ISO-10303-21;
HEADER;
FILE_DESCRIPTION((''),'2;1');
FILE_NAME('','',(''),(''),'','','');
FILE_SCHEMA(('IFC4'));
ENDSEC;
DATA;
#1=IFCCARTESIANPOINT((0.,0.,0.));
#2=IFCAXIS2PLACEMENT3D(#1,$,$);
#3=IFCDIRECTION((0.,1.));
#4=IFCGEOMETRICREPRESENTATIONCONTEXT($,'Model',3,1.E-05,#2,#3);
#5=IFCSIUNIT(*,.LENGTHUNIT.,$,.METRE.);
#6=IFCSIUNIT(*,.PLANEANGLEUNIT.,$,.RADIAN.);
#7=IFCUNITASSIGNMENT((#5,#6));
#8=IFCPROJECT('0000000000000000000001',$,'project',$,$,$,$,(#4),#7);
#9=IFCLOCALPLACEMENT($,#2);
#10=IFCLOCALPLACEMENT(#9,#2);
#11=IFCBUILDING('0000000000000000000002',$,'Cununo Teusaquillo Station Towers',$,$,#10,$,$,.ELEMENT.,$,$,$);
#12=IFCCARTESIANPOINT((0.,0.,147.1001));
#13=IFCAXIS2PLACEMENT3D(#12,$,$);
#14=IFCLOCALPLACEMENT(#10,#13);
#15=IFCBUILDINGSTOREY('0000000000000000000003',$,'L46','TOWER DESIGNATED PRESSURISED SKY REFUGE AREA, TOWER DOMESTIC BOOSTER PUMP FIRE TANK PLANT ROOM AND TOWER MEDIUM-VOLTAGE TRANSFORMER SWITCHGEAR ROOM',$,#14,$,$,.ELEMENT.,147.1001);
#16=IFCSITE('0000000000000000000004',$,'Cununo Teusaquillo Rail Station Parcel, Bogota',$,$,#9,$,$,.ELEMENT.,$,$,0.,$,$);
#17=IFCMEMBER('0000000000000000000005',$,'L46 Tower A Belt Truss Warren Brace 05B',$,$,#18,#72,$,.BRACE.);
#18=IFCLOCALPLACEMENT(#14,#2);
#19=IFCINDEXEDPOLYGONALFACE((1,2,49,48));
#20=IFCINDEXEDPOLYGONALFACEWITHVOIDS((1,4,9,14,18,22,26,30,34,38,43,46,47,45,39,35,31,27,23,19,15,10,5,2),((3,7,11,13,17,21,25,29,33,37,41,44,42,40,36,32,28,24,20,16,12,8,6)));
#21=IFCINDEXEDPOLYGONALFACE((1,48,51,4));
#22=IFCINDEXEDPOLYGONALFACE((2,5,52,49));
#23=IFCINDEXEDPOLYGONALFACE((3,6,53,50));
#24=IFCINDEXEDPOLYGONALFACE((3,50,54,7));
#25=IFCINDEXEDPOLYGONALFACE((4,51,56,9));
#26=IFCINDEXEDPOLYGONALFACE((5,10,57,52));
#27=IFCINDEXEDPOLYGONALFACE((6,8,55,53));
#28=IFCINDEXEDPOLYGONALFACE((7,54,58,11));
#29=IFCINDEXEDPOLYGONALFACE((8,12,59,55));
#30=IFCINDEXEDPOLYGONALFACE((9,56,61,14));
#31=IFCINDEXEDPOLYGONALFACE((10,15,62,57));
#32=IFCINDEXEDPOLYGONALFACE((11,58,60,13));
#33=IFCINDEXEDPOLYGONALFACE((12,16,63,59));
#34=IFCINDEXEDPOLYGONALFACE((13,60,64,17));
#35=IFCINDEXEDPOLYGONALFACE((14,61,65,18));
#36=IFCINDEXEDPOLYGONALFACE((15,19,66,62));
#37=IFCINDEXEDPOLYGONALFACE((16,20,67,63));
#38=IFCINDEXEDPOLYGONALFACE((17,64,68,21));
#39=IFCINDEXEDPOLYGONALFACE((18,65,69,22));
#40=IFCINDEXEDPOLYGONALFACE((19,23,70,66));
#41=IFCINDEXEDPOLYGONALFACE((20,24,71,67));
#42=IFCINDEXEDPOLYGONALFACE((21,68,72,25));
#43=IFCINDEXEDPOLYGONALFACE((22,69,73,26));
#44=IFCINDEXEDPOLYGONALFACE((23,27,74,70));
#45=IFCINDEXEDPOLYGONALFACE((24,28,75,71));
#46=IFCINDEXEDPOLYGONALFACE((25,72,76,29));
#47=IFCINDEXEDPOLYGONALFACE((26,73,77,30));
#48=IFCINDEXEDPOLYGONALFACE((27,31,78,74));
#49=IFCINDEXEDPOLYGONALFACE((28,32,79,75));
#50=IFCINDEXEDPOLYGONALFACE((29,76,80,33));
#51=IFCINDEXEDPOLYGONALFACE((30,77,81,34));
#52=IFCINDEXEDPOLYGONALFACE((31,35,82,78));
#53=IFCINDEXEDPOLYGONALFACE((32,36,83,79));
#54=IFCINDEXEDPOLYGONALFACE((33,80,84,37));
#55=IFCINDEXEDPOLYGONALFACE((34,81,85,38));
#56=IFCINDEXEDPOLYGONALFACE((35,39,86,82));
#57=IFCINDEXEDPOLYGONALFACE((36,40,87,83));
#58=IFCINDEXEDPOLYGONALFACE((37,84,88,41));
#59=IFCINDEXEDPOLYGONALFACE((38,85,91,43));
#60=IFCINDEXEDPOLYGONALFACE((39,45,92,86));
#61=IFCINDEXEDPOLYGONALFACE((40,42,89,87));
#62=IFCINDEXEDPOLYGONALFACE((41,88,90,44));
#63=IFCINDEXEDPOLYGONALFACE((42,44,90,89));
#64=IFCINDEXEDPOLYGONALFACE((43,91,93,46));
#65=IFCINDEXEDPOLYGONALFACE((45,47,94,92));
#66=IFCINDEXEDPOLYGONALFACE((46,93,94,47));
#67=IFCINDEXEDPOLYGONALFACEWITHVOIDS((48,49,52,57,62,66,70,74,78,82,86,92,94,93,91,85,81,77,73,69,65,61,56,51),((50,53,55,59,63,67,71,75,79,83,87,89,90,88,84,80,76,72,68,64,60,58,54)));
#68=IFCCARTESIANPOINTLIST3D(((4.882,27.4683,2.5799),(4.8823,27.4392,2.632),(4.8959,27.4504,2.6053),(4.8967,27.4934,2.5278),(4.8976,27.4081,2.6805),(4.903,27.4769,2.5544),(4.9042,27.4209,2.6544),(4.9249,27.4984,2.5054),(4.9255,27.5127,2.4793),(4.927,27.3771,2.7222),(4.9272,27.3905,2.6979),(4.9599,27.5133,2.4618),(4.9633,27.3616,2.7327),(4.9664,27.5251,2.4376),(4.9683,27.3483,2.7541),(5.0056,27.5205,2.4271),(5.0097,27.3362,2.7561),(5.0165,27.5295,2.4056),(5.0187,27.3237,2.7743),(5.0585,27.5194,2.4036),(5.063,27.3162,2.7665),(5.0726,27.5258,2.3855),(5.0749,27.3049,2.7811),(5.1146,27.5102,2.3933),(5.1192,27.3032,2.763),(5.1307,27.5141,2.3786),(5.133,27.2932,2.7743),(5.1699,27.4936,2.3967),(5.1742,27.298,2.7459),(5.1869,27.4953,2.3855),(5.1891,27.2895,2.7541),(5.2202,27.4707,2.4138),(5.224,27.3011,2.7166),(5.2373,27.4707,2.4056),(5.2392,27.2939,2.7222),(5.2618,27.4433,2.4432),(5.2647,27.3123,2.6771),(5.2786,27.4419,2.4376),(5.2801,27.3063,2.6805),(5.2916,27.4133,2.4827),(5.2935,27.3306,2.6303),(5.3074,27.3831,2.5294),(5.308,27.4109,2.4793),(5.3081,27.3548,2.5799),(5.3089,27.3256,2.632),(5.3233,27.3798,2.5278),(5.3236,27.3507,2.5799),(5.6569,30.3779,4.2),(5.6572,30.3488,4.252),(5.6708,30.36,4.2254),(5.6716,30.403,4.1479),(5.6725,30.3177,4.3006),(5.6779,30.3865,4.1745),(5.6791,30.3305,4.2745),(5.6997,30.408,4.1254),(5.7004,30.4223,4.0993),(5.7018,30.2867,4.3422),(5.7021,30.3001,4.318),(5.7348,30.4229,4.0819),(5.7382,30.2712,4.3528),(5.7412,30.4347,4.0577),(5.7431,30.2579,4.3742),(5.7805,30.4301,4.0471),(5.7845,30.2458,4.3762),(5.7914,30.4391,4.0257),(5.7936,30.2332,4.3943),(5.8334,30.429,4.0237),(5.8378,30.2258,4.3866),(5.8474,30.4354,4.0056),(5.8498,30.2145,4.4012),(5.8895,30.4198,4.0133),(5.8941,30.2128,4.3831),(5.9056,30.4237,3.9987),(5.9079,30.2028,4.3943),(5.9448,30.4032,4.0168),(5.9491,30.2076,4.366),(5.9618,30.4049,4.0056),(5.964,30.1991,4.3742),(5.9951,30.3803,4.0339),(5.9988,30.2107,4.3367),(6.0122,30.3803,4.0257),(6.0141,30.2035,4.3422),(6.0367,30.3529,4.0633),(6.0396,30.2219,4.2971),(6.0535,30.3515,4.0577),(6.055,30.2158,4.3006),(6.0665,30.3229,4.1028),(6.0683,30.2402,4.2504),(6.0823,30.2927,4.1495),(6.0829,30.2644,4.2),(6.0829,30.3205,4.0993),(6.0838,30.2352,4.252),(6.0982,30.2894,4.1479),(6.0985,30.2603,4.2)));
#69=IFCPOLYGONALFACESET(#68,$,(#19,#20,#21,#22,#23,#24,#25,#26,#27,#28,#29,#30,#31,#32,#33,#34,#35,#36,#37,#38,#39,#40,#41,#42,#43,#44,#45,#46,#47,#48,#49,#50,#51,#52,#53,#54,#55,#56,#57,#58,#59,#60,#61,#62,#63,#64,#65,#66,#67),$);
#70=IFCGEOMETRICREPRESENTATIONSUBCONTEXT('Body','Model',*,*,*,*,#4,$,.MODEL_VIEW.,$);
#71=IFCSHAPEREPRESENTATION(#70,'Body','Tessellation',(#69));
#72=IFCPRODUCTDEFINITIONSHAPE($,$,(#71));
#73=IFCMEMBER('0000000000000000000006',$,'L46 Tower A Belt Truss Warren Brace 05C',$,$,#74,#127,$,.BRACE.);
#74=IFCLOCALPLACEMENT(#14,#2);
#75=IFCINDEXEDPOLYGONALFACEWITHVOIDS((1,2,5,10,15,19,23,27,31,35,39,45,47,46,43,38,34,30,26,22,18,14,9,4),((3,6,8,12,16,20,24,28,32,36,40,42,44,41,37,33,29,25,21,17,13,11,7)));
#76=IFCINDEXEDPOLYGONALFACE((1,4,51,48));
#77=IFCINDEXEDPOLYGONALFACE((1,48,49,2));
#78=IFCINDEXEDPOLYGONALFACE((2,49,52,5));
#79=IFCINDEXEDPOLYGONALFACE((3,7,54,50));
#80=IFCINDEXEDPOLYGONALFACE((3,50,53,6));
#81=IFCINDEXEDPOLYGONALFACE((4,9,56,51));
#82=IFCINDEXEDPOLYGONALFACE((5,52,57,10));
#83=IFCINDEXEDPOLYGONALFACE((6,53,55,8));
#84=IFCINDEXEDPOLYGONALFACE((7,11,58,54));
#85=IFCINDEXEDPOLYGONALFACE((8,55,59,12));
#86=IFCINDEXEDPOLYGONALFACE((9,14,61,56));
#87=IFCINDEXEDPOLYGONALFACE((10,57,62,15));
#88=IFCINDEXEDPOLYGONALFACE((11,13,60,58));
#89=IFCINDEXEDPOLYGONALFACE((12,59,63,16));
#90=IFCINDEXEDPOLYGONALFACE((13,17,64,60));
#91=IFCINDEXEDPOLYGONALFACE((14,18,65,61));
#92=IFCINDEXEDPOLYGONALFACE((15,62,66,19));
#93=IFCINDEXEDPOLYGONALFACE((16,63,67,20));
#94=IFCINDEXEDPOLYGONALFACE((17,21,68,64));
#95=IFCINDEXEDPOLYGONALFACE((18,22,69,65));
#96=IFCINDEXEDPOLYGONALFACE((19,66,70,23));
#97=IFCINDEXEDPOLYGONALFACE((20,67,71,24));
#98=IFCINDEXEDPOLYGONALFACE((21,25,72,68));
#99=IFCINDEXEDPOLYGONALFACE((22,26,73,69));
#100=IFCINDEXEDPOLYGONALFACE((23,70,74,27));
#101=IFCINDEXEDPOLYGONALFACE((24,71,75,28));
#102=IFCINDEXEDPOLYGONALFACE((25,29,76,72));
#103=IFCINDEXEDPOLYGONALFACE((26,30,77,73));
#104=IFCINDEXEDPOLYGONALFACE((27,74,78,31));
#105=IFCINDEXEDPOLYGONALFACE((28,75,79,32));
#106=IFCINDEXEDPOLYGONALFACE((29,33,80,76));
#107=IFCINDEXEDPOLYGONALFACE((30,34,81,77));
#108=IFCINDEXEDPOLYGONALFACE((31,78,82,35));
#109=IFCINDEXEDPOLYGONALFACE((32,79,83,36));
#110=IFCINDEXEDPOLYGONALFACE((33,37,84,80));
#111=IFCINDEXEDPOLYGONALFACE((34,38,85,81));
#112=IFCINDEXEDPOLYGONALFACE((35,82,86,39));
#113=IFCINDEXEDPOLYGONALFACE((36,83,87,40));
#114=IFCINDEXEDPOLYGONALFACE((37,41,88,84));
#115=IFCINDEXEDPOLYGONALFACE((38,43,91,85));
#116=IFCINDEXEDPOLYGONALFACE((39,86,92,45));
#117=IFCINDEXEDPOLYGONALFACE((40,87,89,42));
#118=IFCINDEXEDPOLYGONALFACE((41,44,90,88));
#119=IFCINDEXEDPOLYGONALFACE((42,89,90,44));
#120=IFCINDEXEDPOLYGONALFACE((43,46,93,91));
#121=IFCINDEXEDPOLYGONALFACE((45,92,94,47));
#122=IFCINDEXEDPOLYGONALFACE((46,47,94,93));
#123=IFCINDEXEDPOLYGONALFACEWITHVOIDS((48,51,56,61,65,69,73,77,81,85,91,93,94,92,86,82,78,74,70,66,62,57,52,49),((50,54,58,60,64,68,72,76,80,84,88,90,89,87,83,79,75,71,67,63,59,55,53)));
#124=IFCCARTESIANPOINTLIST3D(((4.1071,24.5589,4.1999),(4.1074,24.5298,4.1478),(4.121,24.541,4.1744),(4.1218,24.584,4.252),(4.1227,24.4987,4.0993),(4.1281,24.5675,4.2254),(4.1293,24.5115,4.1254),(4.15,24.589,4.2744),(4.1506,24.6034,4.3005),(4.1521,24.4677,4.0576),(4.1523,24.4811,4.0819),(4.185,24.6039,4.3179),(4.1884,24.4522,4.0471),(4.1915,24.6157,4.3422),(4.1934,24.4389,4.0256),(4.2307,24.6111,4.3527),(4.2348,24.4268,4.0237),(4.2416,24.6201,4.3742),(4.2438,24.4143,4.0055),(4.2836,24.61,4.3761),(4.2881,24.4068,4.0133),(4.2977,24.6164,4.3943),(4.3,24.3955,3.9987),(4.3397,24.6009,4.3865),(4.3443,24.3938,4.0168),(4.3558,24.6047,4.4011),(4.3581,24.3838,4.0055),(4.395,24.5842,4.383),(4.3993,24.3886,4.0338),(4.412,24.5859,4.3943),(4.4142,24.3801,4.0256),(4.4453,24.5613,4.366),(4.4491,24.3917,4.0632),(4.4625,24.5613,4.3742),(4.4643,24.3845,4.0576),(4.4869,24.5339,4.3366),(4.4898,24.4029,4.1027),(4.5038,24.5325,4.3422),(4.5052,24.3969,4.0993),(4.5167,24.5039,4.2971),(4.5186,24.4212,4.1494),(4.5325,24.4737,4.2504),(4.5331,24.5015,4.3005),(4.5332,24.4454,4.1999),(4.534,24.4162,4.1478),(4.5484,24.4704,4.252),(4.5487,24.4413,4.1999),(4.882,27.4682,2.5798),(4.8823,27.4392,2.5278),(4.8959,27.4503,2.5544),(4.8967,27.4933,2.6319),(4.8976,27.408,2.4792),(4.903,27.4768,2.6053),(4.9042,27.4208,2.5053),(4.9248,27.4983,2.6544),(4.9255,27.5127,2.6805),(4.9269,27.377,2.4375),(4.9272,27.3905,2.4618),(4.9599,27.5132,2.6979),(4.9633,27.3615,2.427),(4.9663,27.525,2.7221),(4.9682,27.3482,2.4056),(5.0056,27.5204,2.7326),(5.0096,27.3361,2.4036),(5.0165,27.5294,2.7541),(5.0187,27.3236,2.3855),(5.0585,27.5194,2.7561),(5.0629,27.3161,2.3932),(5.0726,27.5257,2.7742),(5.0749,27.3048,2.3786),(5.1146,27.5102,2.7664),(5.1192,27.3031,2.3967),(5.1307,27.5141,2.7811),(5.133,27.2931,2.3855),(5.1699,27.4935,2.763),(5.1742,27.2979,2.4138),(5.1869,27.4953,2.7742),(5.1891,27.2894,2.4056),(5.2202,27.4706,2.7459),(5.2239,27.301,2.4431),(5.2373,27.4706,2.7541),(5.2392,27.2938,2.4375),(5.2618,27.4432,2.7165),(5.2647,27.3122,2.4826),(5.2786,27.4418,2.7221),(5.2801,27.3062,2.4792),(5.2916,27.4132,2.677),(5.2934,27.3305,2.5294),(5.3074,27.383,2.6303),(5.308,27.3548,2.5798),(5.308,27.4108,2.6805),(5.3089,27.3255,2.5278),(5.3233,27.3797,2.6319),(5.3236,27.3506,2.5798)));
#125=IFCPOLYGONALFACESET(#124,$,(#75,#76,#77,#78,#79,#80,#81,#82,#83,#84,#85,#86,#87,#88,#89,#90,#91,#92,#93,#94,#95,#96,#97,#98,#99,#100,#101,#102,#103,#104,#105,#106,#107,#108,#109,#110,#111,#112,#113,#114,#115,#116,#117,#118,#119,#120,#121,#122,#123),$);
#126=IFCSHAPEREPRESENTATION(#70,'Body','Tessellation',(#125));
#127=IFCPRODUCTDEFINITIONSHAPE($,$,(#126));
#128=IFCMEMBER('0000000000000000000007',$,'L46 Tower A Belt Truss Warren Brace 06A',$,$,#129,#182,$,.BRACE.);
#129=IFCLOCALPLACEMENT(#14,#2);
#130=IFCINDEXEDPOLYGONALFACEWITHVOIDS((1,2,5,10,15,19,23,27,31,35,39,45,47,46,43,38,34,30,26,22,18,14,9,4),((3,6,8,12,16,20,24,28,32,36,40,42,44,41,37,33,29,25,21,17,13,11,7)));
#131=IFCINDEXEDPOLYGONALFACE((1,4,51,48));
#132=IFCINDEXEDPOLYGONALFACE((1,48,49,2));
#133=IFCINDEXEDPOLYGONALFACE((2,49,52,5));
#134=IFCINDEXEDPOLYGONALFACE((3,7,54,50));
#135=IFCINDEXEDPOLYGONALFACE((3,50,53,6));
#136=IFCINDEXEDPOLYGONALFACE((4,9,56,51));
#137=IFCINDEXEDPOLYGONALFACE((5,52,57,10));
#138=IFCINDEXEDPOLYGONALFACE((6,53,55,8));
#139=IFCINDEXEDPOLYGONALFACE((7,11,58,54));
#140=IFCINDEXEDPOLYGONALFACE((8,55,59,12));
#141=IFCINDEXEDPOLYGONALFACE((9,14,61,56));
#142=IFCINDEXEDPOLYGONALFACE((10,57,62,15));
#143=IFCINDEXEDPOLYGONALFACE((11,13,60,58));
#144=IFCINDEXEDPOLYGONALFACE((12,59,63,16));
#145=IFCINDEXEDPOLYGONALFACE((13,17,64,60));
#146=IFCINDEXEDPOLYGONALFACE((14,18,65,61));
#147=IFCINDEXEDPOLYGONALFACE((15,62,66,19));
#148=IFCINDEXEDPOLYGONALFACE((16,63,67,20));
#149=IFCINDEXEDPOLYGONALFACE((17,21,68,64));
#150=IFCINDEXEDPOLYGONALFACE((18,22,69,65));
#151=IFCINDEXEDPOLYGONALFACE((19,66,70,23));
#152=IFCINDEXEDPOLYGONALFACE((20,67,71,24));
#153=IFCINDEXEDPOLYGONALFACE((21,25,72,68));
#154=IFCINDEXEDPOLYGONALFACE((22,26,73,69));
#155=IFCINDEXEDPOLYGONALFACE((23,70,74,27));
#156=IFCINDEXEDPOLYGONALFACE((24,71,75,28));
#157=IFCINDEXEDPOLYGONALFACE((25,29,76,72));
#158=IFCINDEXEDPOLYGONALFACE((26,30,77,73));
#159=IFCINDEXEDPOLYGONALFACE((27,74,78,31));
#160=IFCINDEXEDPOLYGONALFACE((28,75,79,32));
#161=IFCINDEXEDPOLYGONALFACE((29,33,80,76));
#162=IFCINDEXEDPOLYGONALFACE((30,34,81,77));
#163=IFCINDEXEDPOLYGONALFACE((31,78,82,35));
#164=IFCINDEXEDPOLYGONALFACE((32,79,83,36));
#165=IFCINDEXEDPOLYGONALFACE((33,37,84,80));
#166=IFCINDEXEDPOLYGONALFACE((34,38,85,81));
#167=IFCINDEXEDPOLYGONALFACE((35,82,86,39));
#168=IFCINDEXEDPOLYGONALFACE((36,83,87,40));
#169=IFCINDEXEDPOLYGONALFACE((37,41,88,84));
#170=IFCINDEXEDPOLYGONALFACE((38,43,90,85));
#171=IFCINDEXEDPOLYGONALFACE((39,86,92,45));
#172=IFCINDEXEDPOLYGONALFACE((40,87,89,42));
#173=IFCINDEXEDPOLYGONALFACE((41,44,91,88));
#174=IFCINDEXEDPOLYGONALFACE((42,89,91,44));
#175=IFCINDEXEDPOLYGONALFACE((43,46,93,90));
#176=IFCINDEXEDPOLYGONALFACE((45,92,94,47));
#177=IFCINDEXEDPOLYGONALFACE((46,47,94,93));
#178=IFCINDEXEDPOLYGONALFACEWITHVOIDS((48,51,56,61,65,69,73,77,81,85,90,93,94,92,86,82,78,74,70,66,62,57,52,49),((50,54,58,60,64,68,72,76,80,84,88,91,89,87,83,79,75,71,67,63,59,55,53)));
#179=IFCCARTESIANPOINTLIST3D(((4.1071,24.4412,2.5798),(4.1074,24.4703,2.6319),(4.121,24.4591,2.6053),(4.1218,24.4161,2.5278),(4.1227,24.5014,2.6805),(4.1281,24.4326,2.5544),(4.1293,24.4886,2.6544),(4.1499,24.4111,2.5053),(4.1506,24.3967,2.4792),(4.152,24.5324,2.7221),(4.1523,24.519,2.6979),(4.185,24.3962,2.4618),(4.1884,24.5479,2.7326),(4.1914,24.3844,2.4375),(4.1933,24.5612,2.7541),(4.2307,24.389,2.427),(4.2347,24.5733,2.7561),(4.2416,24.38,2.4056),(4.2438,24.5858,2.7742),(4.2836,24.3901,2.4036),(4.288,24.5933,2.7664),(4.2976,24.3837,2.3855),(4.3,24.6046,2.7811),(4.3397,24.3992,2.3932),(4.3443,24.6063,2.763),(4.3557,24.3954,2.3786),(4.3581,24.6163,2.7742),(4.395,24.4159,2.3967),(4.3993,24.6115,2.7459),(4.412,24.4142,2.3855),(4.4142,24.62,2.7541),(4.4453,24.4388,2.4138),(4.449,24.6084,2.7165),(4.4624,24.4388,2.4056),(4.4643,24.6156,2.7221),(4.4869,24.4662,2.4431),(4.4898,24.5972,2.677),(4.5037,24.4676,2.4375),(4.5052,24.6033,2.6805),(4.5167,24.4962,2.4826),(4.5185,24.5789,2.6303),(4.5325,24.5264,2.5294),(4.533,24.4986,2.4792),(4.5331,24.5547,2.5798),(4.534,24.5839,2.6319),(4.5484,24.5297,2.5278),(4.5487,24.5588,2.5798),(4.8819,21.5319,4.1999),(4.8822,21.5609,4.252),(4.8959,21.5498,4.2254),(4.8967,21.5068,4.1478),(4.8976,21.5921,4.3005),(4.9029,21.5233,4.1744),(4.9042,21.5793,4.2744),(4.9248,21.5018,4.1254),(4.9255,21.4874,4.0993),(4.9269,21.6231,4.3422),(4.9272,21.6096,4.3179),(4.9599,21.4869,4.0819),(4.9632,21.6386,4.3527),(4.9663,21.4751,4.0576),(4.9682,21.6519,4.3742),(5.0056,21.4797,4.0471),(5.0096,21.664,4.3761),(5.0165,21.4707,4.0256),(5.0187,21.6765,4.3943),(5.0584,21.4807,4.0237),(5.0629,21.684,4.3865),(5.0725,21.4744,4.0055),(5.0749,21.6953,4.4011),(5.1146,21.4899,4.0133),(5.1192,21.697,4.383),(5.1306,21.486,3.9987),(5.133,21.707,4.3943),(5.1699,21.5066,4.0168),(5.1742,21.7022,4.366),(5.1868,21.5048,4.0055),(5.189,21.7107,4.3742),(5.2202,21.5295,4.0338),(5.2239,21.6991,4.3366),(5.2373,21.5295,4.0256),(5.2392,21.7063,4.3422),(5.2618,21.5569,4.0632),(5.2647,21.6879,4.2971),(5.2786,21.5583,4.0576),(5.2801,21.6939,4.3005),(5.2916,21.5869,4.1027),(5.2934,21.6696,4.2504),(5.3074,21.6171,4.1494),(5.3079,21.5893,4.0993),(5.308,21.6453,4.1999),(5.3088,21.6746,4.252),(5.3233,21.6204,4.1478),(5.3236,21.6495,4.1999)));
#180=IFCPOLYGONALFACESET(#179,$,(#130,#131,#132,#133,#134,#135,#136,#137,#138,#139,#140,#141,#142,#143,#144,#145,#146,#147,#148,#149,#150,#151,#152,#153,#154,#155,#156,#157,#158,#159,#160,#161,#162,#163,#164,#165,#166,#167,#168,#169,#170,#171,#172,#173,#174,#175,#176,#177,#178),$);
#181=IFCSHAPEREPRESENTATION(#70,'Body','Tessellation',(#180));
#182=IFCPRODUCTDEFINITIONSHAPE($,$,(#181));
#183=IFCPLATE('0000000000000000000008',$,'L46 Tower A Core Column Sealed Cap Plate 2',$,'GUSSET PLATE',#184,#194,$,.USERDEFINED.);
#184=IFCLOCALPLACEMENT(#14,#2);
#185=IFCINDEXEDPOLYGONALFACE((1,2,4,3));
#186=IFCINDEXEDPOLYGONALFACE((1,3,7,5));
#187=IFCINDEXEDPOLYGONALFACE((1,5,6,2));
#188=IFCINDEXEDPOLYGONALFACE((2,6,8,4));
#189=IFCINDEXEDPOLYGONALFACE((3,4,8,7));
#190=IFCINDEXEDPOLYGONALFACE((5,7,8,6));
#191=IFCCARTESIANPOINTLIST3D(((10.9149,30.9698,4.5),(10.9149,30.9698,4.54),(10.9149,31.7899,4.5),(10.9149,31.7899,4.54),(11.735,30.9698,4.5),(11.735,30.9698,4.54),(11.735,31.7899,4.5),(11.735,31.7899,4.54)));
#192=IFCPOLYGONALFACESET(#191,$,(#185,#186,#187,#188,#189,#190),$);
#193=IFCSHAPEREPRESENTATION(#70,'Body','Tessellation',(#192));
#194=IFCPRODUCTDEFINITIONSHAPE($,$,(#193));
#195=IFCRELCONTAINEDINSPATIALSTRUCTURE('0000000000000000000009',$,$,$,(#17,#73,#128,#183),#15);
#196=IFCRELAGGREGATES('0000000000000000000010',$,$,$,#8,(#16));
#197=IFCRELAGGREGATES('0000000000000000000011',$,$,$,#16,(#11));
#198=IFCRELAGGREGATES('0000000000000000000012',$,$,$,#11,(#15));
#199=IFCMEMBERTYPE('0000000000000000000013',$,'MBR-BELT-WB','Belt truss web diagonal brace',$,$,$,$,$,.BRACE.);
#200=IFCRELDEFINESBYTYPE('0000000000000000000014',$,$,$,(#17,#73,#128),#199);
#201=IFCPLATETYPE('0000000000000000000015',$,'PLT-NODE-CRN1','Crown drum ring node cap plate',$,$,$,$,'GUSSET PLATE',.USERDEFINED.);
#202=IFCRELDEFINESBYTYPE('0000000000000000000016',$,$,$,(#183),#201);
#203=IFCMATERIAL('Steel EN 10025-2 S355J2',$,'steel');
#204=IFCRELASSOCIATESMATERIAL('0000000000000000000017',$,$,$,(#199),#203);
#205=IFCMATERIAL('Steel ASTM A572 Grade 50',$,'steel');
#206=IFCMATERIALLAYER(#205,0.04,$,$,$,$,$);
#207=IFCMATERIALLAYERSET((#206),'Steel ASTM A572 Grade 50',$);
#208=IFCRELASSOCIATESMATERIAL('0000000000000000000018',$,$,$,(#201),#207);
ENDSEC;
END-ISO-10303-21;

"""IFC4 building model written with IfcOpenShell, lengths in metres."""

from ifc_helpers import new_model, si_unit, direction, frame, origin, origin_2d, place, context, subcontext, project, spatial, rectangle, hollow_circle, extrude, source, transform, mapped, material, layer, layer_set, material_profile, profile_set, type_object, element, save


model = new_model("IFC4")

# Units and contexts
model_context = context("Model", 3, precision=1e-05, world=origin(), true_north=direction((0.0, 1.0)))
body_context = subcontext(model_context, "Body", "Model", "MODEL_VIEW")
ifc_project = project(units=[si_unit("LENGTHUNIT", "METRE"), si_unit("PLANEANGLEUNIT", "RADIAN")], contexts=[model_context])

# Site, building, storey
site_placement = place(None, origin())
site = spatial("IfcSite", under=ifc_project, at=site_placement, Name="Cununo Teusaquillo Rail Station Parcel, Bogota", CompositionType="ELEMENT", RefElevation=0.0)
building_placement = place(site_placement, origin())
building = spatial("IfcBuilding", under=site, at=building_placement, Name="Cununo Teusaquillo Station Towers", CompositionType="ELEMENT")
storey_placement = place(building_placement, frame((0.0, 0.0, 147.1001)))
storey = spatial("IfcBuildingStorey", under=building, at=storey_placement, Name="L46", Description="TOWER DESIGNATED PRESSURISED SKY REFUGE AREA, TOWER DOMESTIC BOOSTER PUMP FIRE TANK PLANT ROOM AND TOWER MEDIUM-VOLTAGE TRANSFORMER SWITCHGEAR ROOM", CompositionType="ELEMENT", Elevation=147.1001)

# Members
ifc_material_1 = material(Name="Steel EN 10025-2 S355J2", Category="steel")
ifc_material_profile_1 = material_profile(ifc_material_1, hollow_circle(Radius=0.2285, WallThickness=0.0161, at=origin_2d()), Name="CHS 457x16")
ifc_profile_set_1 = profile_set([ifc_material_profile_1], Name="Steel EN 10025-2 S355J2")
member_type_1 = type_object("IfcMemberType", Name="MBR-BELT-WB", Description="Belt truss web diagonal brace", PredefinedType="BRACE", material=ifc_profile_set_1)
member_1_placement = place(storey_placement, frame((5.8777, 30.3191, 4.2), z_axis=(-0.226628, -0.850961, -0.473819), x_axis=(0.966318, -0.25735, 0.0)))
element("IfcMember", 1, at=member_1_placement, inside=storey, type_object=member_type_1, Name="L46 Tower A Belt Truss Warren Brace 05B", PredefinedType="BRACE", context=body_context, shape_type="SweptSolid", body=[
    extrude(hollow_circle(Radius=0.2285, WallThickness=0.0161, at=origin_2d()), origin(), (0.0, 0.0, 1.0), 3.4192),
])
for number, where, z_axis, x_axis, name in (
    (2, (5.1028, 27.4094, 2.5798), (-0.226642, -0.850942, 0.473848), (0.966313, -0.25737, 0.0), "L46 Tower A Belt Truss Warren Brace 05C"),
    (3, (4.3279, 24.5, 2.5798), (0.226642, -0.850942, 0.473848), (0.966313, 0.25737, 0.0), "L46 Tower A Belt Truss Warren Brace 06A"),
):
    element("IfcMember", number, at=place(storey_placement, frame(where, z_axis=z_axis, x_axis=x_axis)), inside=storey, type_object=member_type_1, Name=name, PredefinedType="BRACE", context=body_context, shape_type="SweptSolid", body=[
        extrude(hollow_circle(Radius=0.2285, WallThickness=0.0161, at=origin_2d()), origin(), (0.0, 0.0, 1.0), 3.4189),
    ])

# Plate
ifc_material_2 = material(Name="Steel ASTM A572 Grade 50", Category="steel")
ifc_layer_1 = layer(ifc_material_2, 0.04)
ifc_layer_set_1 = layer_set([ifc_layer_1], Name="Steel ASTM A572 Grade 50")
plate_type_1 = type_object("IfcPlateType", Name="PLT-NODE-CRN1", Description="Crown drum ring node cap plate", ElementType="GUSSET PLATE", PredefinedType="USERDEFINED", material=ifc_layer_set_1)
shared_shape_1 = source(origin(), body_context, "Body", "SweptSolid", [
    extrude(rectangle(XDim=0.8201, YDim=0.8201, at=origin_2d()), origin(), (0.0, 0.0, 1.0), 0.04),
])
plate_placement = place(storey_placement, frame((11.325, 31.3799, 4.5), z_axis=(0.0, 0.0, 1.0), x_axis=(1.0, 0.0, 0.0)))
element("IfcPlate", 4, at=plate_placement, inside=storey, type_object=plate_type_1, Name="L46 Tower A Core Column Sealed Cap Plate 2", ObjectType="GUSSET PLATE", PredefinedType="USERDEFINED", context=body_context, shape_type="MappedRepresentation", body=[
    mapped(shared_shape_1, transform((0.0, 0.0, 0.0), x_axis=(1.0, 0.0, 0.0), y_axis=(0.0, 1.0, 0.0), z_axis=(0.0, 0.0, 1.0), scale=1.0)),
])

save(model, "model.ifc")
